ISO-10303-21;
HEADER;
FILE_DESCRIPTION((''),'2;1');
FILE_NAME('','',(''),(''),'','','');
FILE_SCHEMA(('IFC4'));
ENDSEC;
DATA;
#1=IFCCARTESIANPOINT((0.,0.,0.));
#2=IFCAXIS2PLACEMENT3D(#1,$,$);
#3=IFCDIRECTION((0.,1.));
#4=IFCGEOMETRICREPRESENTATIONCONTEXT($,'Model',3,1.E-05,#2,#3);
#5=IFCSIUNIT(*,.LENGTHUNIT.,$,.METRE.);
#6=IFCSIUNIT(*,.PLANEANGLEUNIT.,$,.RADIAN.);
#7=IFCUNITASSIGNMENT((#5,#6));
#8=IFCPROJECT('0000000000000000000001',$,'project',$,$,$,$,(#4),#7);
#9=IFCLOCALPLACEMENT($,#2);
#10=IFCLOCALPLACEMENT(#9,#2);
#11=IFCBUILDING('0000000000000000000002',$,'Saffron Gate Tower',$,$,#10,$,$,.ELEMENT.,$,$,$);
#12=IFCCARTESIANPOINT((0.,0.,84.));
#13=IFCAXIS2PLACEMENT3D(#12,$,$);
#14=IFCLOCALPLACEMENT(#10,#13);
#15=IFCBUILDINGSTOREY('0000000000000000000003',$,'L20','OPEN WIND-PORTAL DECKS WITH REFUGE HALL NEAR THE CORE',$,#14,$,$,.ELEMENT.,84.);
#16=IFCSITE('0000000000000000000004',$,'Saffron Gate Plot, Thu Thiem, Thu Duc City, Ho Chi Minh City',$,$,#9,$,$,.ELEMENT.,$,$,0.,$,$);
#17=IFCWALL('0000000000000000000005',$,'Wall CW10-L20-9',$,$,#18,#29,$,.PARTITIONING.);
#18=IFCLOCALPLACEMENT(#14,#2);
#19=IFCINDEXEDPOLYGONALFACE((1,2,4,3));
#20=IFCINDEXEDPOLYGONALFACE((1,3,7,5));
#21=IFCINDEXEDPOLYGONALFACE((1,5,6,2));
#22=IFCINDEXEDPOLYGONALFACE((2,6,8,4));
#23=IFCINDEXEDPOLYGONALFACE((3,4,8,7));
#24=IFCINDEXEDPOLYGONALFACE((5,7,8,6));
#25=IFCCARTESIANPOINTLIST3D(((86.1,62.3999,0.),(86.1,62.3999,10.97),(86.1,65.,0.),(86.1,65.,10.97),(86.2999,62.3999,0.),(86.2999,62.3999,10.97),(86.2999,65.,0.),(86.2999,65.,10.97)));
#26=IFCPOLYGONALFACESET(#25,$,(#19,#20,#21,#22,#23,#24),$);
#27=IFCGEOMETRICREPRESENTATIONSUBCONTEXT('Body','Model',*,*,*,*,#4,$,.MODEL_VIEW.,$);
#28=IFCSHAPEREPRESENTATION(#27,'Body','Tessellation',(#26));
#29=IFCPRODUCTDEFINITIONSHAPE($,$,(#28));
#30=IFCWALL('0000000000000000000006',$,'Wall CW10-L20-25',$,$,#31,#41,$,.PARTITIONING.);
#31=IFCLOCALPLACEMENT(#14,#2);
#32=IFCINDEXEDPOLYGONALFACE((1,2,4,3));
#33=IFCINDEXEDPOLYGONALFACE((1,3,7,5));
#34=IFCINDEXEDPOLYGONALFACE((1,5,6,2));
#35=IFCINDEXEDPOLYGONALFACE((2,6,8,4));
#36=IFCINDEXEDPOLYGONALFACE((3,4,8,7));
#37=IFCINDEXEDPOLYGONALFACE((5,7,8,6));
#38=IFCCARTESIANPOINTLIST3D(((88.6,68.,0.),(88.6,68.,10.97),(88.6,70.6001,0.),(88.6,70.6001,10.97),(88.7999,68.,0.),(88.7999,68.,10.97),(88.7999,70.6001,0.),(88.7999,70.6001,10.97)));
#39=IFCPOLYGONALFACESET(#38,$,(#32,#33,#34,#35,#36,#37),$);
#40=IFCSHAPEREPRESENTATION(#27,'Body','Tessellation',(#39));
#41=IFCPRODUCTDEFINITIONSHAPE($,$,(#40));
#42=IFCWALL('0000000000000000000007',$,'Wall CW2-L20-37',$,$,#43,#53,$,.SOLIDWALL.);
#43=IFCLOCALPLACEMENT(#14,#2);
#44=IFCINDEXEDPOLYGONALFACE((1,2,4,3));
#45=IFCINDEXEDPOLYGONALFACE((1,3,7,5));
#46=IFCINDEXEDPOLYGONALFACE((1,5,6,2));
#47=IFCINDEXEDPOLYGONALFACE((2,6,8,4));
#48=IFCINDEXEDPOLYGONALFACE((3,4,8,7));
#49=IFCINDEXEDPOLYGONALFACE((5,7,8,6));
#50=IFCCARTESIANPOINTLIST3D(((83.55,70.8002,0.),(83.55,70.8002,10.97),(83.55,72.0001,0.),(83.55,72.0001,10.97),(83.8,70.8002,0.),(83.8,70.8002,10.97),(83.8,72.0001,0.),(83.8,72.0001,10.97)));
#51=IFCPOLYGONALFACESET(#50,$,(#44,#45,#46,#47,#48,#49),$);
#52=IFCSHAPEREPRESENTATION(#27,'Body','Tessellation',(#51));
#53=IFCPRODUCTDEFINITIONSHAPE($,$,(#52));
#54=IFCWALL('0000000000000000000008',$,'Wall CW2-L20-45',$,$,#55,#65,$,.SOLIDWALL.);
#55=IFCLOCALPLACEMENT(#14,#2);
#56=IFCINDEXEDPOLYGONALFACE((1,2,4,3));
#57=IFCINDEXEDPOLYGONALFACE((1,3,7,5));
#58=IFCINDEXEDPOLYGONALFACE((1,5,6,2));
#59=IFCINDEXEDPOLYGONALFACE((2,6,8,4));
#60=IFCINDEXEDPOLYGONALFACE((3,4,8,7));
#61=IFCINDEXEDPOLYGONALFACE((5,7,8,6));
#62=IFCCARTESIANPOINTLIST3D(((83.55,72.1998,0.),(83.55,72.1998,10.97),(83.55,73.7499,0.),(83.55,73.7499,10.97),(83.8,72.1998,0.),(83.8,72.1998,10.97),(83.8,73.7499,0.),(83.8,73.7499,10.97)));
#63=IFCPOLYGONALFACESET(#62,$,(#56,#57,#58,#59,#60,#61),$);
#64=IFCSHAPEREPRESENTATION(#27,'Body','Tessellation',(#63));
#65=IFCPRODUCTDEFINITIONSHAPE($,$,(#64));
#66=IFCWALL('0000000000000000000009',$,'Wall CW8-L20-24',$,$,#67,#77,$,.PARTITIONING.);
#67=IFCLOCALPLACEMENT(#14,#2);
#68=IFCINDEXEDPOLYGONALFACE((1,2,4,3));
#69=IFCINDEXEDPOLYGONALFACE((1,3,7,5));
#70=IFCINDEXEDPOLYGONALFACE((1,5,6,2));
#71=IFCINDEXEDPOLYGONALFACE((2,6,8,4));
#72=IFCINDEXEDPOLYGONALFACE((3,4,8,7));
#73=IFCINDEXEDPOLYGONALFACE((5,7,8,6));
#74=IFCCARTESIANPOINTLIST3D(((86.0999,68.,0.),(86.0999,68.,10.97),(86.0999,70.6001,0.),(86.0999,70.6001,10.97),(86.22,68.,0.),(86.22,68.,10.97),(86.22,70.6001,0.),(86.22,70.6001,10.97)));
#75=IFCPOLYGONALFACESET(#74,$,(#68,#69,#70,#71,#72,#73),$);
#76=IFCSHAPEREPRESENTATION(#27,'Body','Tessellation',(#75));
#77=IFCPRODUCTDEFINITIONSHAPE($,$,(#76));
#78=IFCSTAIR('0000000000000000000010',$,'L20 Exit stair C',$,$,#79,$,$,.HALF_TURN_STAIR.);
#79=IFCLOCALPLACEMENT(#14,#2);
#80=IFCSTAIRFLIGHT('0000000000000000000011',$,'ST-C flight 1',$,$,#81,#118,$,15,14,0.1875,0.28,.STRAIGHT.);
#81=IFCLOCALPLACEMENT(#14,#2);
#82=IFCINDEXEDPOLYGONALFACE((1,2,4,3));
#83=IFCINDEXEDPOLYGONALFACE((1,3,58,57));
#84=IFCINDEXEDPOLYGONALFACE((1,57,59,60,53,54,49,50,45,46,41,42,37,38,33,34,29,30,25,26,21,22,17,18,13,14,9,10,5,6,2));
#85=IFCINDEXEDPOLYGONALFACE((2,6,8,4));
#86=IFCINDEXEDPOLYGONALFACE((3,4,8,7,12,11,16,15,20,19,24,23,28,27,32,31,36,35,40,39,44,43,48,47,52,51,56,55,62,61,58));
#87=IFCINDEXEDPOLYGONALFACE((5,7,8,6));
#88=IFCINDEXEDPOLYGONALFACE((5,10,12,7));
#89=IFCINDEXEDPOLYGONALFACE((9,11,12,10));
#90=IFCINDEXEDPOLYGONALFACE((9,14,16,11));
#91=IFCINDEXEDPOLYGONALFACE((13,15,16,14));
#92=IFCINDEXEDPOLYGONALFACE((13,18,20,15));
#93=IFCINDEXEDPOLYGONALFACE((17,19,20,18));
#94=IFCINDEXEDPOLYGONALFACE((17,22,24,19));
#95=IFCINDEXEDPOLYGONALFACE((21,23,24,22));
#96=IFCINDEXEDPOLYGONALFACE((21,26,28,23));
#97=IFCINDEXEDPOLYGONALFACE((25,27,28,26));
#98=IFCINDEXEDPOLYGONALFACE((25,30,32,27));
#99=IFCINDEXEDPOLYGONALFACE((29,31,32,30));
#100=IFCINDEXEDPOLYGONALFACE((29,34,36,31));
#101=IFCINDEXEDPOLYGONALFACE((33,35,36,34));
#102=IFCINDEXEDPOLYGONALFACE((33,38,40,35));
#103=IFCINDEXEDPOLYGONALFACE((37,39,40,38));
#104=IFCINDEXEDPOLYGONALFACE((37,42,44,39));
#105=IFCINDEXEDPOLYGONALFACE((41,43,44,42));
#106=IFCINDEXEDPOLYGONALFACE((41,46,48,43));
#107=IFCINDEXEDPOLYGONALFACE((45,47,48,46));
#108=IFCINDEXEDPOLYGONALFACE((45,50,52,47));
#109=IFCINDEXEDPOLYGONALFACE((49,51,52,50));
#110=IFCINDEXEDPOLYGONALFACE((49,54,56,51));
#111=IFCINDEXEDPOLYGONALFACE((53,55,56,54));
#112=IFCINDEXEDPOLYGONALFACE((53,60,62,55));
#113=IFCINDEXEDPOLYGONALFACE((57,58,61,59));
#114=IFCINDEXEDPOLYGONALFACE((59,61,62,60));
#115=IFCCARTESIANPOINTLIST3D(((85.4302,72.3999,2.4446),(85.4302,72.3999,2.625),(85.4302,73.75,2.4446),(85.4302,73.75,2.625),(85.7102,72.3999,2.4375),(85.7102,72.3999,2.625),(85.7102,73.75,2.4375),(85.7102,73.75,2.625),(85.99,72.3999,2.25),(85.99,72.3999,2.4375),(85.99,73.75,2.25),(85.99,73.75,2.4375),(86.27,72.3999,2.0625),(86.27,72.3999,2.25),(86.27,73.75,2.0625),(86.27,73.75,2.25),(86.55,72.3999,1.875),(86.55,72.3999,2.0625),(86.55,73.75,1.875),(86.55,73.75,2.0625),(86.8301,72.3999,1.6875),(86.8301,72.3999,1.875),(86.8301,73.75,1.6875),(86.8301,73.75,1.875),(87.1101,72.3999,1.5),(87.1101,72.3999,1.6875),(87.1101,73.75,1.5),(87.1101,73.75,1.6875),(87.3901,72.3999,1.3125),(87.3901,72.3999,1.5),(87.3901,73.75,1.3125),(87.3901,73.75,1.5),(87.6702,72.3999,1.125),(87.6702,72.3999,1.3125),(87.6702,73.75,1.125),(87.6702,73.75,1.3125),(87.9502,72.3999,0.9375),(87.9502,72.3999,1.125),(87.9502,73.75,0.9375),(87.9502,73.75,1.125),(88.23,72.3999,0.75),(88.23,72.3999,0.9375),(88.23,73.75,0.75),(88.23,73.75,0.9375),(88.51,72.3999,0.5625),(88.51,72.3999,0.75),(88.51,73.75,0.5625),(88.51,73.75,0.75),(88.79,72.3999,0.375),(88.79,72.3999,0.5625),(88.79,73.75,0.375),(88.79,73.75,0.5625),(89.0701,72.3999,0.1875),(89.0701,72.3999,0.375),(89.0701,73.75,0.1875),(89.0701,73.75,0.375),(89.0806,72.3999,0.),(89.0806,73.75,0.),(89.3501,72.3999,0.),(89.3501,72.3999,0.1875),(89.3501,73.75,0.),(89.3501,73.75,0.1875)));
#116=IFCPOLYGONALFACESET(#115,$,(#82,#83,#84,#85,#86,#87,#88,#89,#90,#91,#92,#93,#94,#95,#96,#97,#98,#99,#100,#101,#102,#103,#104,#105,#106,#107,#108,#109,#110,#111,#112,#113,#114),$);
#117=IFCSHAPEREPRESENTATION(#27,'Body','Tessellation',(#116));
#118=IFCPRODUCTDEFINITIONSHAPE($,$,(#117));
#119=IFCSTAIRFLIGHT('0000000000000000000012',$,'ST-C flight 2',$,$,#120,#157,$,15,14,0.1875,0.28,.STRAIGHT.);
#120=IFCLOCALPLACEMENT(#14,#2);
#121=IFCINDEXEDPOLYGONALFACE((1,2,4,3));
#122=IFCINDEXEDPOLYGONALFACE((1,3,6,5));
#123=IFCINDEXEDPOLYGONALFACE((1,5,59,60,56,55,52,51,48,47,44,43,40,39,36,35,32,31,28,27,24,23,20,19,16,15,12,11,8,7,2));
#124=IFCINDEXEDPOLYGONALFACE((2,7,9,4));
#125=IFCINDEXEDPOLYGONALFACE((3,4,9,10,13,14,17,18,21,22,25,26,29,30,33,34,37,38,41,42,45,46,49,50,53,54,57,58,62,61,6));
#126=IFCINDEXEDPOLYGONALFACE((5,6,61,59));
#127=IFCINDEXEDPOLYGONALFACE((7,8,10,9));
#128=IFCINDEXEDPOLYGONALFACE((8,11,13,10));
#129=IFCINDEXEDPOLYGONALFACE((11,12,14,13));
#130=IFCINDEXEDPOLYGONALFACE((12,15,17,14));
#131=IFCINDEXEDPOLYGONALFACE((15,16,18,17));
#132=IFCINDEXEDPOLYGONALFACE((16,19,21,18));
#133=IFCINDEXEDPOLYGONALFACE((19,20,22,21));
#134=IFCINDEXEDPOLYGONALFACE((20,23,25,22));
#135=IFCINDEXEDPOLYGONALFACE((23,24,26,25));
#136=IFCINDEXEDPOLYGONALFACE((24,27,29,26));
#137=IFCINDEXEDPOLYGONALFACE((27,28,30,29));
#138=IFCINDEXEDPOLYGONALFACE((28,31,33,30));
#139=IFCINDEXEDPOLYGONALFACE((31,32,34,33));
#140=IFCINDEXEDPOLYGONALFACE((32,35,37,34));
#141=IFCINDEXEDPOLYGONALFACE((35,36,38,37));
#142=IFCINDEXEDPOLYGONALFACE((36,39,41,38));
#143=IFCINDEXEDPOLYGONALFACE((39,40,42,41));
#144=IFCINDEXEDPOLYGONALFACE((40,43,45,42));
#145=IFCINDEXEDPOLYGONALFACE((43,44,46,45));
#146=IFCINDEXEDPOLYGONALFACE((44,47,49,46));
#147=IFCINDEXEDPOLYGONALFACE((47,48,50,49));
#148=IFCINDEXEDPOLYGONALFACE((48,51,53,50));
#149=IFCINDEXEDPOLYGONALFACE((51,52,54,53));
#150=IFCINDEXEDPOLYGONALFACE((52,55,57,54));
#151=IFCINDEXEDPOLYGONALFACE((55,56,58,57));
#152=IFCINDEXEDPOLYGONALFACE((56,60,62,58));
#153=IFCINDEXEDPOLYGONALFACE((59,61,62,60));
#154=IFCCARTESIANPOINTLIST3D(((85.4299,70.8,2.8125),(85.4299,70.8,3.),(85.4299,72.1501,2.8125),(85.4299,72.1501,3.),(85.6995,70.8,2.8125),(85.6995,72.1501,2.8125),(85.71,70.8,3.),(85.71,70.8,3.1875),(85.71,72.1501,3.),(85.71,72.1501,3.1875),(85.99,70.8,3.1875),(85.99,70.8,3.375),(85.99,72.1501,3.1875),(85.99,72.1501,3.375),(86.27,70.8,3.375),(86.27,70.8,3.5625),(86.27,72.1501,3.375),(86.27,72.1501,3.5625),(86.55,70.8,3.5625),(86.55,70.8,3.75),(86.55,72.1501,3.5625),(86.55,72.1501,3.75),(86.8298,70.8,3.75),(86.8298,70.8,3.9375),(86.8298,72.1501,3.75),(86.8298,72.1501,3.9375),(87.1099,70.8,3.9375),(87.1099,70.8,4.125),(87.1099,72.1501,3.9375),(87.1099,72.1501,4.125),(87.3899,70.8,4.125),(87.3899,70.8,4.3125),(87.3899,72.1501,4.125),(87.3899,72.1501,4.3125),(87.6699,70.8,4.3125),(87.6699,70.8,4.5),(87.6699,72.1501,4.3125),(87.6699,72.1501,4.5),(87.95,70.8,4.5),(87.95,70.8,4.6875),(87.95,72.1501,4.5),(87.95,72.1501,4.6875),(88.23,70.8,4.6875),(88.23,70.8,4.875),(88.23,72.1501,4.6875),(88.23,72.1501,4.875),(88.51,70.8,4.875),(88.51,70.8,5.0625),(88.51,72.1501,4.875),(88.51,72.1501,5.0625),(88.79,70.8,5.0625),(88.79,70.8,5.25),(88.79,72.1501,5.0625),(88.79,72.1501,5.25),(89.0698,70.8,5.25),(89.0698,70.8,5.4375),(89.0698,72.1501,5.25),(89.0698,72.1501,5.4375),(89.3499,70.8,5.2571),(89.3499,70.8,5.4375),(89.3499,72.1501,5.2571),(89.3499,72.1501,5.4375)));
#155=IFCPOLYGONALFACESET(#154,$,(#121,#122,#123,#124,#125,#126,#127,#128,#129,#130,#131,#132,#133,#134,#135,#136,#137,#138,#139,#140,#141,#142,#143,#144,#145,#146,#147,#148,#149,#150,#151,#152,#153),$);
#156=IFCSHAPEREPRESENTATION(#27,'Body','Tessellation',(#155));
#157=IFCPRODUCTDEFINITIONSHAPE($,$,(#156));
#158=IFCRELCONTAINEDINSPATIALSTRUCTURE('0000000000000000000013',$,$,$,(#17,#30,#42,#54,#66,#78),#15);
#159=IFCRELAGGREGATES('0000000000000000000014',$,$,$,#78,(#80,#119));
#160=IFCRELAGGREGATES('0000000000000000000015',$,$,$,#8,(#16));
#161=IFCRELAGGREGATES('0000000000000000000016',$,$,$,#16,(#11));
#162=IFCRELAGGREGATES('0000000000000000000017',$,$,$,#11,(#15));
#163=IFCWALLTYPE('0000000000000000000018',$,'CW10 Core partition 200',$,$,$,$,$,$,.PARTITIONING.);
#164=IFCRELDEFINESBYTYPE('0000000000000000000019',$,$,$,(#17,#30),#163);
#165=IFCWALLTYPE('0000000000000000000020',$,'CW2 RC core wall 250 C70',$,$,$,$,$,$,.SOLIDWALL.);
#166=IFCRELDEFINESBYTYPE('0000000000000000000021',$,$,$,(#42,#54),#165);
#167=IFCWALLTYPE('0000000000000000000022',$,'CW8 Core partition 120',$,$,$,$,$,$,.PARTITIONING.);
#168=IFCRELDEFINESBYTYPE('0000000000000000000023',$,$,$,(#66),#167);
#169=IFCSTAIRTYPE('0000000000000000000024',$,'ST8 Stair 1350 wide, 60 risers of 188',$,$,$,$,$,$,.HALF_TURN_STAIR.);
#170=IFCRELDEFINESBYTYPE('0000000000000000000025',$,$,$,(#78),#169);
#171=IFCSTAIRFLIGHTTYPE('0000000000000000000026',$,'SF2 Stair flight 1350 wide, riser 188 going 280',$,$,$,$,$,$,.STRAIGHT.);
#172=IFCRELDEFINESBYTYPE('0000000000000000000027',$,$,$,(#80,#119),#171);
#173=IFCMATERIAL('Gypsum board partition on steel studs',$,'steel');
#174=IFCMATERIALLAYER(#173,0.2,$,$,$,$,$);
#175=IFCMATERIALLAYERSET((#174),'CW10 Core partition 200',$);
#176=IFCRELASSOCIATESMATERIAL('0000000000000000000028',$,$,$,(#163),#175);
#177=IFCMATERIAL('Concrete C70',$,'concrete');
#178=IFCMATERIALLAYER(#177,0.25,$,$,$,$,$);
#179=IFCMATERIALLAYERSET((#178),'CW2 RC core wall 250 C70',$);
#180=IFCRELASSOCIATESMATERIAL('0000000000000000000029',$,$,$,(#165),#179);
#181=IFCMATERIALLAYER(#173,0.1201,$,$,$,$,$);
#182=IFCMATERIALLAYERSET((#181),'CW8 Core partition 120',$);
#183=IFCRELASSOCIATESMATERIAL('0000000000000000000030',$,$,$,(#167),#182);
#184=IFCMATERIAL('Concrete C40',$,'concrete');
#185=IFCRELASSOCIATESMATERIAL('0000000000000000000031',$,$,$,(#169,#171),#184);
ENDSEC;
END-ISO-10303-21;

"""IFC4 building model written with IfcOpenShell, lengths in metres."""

from ifc_helpers import new_model, si_unit, direction, frame, frame_2d, origin, place, context, subcontext, project, spatial, polyline, rectangle, outline, extrude, material, layer, layer_set, type_object, element, aggregate, save


model = new_model("IFC4")

# Units and contexts
model_context = context("Model", 3, precision=1e-05, world=origin(), true_north=direction((0.0, 1.0)))
body_context = subcontext(model_context, "Body", "Model", "MODEL_VIEW")
ifc_project = project(units=[si_unit("LENGTHUNIT", "METRE"), si_unit("PLANEANGLEUNIT", "RADIAN")], contexts=[model_context])

# Site, building, storey
site_placement = place(None, origin())
site = spatial("IfcSite", under=ifc_project, at=site_placement, Name="Saffron Gate Plot, Thu Thiem, Thu Duc City, Ho Chi Minh City", CompositionType="ELEMENT", RefElevation=0.0)
building_placement = place(site_placement, origin())
building = spatial("IfcBuilding", under=site, at=building_placement, Name="Saffron Gate Tower", CompositionType="ELEMENT")
storey_placement = place(building_placement, frame((0.0, 0.0, 84.0)))
storey = spatial("IfcBuildingStorey", under=building, at=storey_placement, Name="L20", Description="OPEN WIND-PORTAL DECKS WITH REFUGE HALL NEAR THE CORE", CompositionType="ELEMENT", Elevation=84.0)

# Walls
ifc_material_1 = material(Name="Gypsum board partition on steel studs", Category="steel")
ifc_layer_1 = layer(ifc_material_1, 0.2)
ifc_layer_set_1 = layer_set([ifc_layer_1], Name="CW10 Core partition 200")
wall_type_1 = type_object("IfcWallType", Name="CW10 Core partition 200", PredefinedType="PARTITIONING", material=ifc_layer_set_1)
for number, where, z_axis, x_axis, name in (
    (1, (86.2, 62.3999, 0.0), (0.0, 0.0, 1.0), (0.0, 1.0, 0.0), "Wall CW10-L20-9"),
    (2, (88.7, 68.0, 0.0), (0.0, 0.0, 1.0), (0.0, 1.0, 0.0), "Wall CW10-L20-25"),
):
    element("IfcWall", number, at=place(storey_placement, frame(where, z_axis=z_axis, x_axis=x_axis)), inside=storey, type_object=wall_type_1, Name=name, PredefinedType="PARTITIONING", context=body_context, shape_type="SweptSolid", body=[
        extrude(rectangle(XDim=2.6001, YDim=0.2, at=frame_2d((1.3, 0.0))), origin(), (0.0, 0.0, 1.0), 10.97),
    ])
ifc_material_2 = material(Name="Concrete C70", Category="concrete")
ifc_layer_2 = layer(ifc_material_2, 0.25)
ifc_layer_set_2 = layer_set([ifc_layer_2], Name="CW2 RC core wall 250 C70")
wall_type_2 = type_object("IfcWallType", Name="CW2 RC core wall 250 C70", PredefinedType="SOLIDWALL", material=ifc_layer_set_2)
wall_1_placement = place(storey_placement, frame((83.675, 70.8, 0.0), z_axis=(0.0, 0.0, 1.0), x_axis=(0.0, 1.0, 0.0)))
element("IfcWall", 3, at=wall_1_placement, inside=storey, type_object=wall_type_2, Name="Wall CW2-L20-37", PredefinedType="SOLIDWALL", context=body_context, shape_type="SweptSolid", body=[
    extrude(rectangle(XDim=1.2, YDim=0.25, at=frame_2d((0.6001, 0.0))), origin(), (0.0, 0.0, 1.0), 10.97),
])
wall_2_placement = place(storey_placement, frame((83.675, 72.2, 0.0), z_axis=(0.0, 0.0, 1.0), x_axis=(0.0, 1.0, 0.0)))
element("IfcWall", 4, at=wall_2_placement, inside=storey, type_object=wall_type_2, Name="Wall CW2-L20-45", PredefinedType="SOLIDWALL", context=body_context, shape_type="SweptSolid", body=[
    extrude(rectangle(XDim=1.55, YDim=0.25, at=frame_2d((0.7749, 0.0))), origin(), (0.0, 0.0, 1.0), 10.97),
])
ifc_layer_3 = layer(ifc_material_1, 0.1201)
ifc_layer_set_3 = layer_set([ifc_layer_3], Name="CW8 Core partition 120")
wall_type_3 = type_object("IfcWallType", Name="CW8 Core partition 120", PredefinedType="PARTITIONING", material=ifc_layer_set_3)
wall_3_placement = place(storey_placement, frame((86.1599, 68.0, 0.0), z_axis=(0.0, 0.0, 1.0), x_axis=(0.0, 1.0, 0.0)))
element("IfcWall", 5, at=wall_3_placement, inside=storey, type_object=wall_type_3, Name="Wall CW8-L20-24", PredefinedType="PARTITIONING", context=body_context, shape_type="SweptSolid", body=[
    extrude(rectangle(XDim=2.6001, YDim=0.1201, at=frame_2d((1.3, 0.0))), origin(), (0.0, 0.0, 1.0), 10.97),
])

# Stair, stair flights
ifc_material_3 = material(Name="Concrete C40", Category="concrete")
stair_type = type_object("IfcStairType", Name="ST8 Stair 1350 wide, 60 risers of 188", PredefinedType="HALF_TURN_STAIR", material=ifc_material_3)
stair_placement = place(storey_placement, origin())
stair = element("IfcStair", 6, at=stair_placement, inside=storey, type_object=stair_type, Name="L20 Exit stair C", PredefinedType="HALF_TURN_STAIR")
stair_flight_type = type_object("IfcStairFlightType", Name="SF2 Stair flight 1350 wide, riser 188 going 280", PredefinedType="STRAIGHT", material=ifc_material_3)
stair_flight_1_placement = place(storey_placement, frame((89.3501, 73.075, 0.0), z_axis=(0.0, 0.0, 1.0), x_axis=(-1.0, 0.0, 0.0)))
stair_flight_1 = element("IfcStairFlight", 7, at=stair_flight_1_placement, type_object=stair_flight_type, Name="ST-C flight 1", NumberOfRisers=15, NumberOfTreads=14, PredefinedType="STRAIGHT", RiserHeight=0.1875, TreadLength=0.28, context=body_context, shape_type="SweptSolid", body=[
    extrude(outline(polyline([(0.0, 0.0), (0.0, 0.1875), (0.28, 0.1875), (0.28, 0.375), (0.5601, 0.375), (0.5601, 0.5625), (0.8401, 0.5625), (0.8401, 0.75), (1.1201, 0.75), (1.1201, 0.9375), (1.3999, 0.9375), (1.3999, 1.125), (1.6799, 1.125), (1.6799, 1.3125), (1.96, 1.3125), (1.96, 1.5), (2.24, 1.5), (2.24, 1.6875), (2.52, 1.6875), (2.52, 1.875), (2.8, 1.875), (2.8, 2.0625), (3.0801, 2.0625), (3.0801, 2.25), (3.3601, 2.25), (3.3601, 2.4375), (3.6399, 2.4375), (3.6399, 2.625), (3.9199, 2.625), (3.9199, 2.8125), (3.9199, 2.4446), (0.2695, 0.0), (0.0, 0.0)])), frame((0.0, 0.675, 0.0), z_axis=(0.0, -1.0, 0.0), x_axis=(1.0, 0.0, 0.0)), (0.0, 0.0, 1.0), 1.3501),
])
stair_flight_2_placement = place(storey_placement, frame((85.4299, 71.4751, 2.8125), z_axis=(0.0, 0.0, 1.0), x_axis=(1.0, 0.0, 0.0)))
stair_flight_2 = element("IfcStairFlight", 8, at=stair_flight_2_placement, type_object=stair_flight_type, Name="ST-C flight 2", NumberOfRisers=15, NumberOfTreads=14, PredefinedType="STRAIGHT", RiserHeight=0.1875, TreadLength=0.28, context=body_context, shape_type="SweptSolid", body=[
    extrude(outline(polyline([(0.0, 0.0), (0.0, 0.1875), (0.28, 0.1875), (0.28, 0.375), (0.5601, 0.375), (0.5601, 0.5625), (0.8401, 0.5625), (0.8401, 0.75), (1.1201, 0.75), (1.1201, 0.9375), (1.3999, 0.9375), (1.3999, 1.125), (1.6799, 1.125), (1.6799, 1.3125), (1.96, 1.3125), (1.96, 1.5), (2.24, 1.5), (2.24, 1.6875), (2.52, 1.6875), (2.52, 1.875), (2.8, 1.875), (2.8, 2.0625), (3.0801, 2.0625), (3.0801, 2.25), (3.3601, 2.25), (3.3601, 2.4375), (3.6399, 2.4375), (3.6399, 2.625), (3.9199, 2.625), (3.9199, 2.8125), (3.9199, 2.4446), (0.2695, 0.0), (0.0, 0.0)])), frame((0.0, 0.675, 0.0), z_axis=(0.0, -1.0, 0.0), x_axis=(1.0, 0.0, 0.0)), (0.0, 0.0, 1.0), 1.3501),
])
aggregate(stair, [stair_flight_1, stair_flight_2])

save(model, "model.ifc")
